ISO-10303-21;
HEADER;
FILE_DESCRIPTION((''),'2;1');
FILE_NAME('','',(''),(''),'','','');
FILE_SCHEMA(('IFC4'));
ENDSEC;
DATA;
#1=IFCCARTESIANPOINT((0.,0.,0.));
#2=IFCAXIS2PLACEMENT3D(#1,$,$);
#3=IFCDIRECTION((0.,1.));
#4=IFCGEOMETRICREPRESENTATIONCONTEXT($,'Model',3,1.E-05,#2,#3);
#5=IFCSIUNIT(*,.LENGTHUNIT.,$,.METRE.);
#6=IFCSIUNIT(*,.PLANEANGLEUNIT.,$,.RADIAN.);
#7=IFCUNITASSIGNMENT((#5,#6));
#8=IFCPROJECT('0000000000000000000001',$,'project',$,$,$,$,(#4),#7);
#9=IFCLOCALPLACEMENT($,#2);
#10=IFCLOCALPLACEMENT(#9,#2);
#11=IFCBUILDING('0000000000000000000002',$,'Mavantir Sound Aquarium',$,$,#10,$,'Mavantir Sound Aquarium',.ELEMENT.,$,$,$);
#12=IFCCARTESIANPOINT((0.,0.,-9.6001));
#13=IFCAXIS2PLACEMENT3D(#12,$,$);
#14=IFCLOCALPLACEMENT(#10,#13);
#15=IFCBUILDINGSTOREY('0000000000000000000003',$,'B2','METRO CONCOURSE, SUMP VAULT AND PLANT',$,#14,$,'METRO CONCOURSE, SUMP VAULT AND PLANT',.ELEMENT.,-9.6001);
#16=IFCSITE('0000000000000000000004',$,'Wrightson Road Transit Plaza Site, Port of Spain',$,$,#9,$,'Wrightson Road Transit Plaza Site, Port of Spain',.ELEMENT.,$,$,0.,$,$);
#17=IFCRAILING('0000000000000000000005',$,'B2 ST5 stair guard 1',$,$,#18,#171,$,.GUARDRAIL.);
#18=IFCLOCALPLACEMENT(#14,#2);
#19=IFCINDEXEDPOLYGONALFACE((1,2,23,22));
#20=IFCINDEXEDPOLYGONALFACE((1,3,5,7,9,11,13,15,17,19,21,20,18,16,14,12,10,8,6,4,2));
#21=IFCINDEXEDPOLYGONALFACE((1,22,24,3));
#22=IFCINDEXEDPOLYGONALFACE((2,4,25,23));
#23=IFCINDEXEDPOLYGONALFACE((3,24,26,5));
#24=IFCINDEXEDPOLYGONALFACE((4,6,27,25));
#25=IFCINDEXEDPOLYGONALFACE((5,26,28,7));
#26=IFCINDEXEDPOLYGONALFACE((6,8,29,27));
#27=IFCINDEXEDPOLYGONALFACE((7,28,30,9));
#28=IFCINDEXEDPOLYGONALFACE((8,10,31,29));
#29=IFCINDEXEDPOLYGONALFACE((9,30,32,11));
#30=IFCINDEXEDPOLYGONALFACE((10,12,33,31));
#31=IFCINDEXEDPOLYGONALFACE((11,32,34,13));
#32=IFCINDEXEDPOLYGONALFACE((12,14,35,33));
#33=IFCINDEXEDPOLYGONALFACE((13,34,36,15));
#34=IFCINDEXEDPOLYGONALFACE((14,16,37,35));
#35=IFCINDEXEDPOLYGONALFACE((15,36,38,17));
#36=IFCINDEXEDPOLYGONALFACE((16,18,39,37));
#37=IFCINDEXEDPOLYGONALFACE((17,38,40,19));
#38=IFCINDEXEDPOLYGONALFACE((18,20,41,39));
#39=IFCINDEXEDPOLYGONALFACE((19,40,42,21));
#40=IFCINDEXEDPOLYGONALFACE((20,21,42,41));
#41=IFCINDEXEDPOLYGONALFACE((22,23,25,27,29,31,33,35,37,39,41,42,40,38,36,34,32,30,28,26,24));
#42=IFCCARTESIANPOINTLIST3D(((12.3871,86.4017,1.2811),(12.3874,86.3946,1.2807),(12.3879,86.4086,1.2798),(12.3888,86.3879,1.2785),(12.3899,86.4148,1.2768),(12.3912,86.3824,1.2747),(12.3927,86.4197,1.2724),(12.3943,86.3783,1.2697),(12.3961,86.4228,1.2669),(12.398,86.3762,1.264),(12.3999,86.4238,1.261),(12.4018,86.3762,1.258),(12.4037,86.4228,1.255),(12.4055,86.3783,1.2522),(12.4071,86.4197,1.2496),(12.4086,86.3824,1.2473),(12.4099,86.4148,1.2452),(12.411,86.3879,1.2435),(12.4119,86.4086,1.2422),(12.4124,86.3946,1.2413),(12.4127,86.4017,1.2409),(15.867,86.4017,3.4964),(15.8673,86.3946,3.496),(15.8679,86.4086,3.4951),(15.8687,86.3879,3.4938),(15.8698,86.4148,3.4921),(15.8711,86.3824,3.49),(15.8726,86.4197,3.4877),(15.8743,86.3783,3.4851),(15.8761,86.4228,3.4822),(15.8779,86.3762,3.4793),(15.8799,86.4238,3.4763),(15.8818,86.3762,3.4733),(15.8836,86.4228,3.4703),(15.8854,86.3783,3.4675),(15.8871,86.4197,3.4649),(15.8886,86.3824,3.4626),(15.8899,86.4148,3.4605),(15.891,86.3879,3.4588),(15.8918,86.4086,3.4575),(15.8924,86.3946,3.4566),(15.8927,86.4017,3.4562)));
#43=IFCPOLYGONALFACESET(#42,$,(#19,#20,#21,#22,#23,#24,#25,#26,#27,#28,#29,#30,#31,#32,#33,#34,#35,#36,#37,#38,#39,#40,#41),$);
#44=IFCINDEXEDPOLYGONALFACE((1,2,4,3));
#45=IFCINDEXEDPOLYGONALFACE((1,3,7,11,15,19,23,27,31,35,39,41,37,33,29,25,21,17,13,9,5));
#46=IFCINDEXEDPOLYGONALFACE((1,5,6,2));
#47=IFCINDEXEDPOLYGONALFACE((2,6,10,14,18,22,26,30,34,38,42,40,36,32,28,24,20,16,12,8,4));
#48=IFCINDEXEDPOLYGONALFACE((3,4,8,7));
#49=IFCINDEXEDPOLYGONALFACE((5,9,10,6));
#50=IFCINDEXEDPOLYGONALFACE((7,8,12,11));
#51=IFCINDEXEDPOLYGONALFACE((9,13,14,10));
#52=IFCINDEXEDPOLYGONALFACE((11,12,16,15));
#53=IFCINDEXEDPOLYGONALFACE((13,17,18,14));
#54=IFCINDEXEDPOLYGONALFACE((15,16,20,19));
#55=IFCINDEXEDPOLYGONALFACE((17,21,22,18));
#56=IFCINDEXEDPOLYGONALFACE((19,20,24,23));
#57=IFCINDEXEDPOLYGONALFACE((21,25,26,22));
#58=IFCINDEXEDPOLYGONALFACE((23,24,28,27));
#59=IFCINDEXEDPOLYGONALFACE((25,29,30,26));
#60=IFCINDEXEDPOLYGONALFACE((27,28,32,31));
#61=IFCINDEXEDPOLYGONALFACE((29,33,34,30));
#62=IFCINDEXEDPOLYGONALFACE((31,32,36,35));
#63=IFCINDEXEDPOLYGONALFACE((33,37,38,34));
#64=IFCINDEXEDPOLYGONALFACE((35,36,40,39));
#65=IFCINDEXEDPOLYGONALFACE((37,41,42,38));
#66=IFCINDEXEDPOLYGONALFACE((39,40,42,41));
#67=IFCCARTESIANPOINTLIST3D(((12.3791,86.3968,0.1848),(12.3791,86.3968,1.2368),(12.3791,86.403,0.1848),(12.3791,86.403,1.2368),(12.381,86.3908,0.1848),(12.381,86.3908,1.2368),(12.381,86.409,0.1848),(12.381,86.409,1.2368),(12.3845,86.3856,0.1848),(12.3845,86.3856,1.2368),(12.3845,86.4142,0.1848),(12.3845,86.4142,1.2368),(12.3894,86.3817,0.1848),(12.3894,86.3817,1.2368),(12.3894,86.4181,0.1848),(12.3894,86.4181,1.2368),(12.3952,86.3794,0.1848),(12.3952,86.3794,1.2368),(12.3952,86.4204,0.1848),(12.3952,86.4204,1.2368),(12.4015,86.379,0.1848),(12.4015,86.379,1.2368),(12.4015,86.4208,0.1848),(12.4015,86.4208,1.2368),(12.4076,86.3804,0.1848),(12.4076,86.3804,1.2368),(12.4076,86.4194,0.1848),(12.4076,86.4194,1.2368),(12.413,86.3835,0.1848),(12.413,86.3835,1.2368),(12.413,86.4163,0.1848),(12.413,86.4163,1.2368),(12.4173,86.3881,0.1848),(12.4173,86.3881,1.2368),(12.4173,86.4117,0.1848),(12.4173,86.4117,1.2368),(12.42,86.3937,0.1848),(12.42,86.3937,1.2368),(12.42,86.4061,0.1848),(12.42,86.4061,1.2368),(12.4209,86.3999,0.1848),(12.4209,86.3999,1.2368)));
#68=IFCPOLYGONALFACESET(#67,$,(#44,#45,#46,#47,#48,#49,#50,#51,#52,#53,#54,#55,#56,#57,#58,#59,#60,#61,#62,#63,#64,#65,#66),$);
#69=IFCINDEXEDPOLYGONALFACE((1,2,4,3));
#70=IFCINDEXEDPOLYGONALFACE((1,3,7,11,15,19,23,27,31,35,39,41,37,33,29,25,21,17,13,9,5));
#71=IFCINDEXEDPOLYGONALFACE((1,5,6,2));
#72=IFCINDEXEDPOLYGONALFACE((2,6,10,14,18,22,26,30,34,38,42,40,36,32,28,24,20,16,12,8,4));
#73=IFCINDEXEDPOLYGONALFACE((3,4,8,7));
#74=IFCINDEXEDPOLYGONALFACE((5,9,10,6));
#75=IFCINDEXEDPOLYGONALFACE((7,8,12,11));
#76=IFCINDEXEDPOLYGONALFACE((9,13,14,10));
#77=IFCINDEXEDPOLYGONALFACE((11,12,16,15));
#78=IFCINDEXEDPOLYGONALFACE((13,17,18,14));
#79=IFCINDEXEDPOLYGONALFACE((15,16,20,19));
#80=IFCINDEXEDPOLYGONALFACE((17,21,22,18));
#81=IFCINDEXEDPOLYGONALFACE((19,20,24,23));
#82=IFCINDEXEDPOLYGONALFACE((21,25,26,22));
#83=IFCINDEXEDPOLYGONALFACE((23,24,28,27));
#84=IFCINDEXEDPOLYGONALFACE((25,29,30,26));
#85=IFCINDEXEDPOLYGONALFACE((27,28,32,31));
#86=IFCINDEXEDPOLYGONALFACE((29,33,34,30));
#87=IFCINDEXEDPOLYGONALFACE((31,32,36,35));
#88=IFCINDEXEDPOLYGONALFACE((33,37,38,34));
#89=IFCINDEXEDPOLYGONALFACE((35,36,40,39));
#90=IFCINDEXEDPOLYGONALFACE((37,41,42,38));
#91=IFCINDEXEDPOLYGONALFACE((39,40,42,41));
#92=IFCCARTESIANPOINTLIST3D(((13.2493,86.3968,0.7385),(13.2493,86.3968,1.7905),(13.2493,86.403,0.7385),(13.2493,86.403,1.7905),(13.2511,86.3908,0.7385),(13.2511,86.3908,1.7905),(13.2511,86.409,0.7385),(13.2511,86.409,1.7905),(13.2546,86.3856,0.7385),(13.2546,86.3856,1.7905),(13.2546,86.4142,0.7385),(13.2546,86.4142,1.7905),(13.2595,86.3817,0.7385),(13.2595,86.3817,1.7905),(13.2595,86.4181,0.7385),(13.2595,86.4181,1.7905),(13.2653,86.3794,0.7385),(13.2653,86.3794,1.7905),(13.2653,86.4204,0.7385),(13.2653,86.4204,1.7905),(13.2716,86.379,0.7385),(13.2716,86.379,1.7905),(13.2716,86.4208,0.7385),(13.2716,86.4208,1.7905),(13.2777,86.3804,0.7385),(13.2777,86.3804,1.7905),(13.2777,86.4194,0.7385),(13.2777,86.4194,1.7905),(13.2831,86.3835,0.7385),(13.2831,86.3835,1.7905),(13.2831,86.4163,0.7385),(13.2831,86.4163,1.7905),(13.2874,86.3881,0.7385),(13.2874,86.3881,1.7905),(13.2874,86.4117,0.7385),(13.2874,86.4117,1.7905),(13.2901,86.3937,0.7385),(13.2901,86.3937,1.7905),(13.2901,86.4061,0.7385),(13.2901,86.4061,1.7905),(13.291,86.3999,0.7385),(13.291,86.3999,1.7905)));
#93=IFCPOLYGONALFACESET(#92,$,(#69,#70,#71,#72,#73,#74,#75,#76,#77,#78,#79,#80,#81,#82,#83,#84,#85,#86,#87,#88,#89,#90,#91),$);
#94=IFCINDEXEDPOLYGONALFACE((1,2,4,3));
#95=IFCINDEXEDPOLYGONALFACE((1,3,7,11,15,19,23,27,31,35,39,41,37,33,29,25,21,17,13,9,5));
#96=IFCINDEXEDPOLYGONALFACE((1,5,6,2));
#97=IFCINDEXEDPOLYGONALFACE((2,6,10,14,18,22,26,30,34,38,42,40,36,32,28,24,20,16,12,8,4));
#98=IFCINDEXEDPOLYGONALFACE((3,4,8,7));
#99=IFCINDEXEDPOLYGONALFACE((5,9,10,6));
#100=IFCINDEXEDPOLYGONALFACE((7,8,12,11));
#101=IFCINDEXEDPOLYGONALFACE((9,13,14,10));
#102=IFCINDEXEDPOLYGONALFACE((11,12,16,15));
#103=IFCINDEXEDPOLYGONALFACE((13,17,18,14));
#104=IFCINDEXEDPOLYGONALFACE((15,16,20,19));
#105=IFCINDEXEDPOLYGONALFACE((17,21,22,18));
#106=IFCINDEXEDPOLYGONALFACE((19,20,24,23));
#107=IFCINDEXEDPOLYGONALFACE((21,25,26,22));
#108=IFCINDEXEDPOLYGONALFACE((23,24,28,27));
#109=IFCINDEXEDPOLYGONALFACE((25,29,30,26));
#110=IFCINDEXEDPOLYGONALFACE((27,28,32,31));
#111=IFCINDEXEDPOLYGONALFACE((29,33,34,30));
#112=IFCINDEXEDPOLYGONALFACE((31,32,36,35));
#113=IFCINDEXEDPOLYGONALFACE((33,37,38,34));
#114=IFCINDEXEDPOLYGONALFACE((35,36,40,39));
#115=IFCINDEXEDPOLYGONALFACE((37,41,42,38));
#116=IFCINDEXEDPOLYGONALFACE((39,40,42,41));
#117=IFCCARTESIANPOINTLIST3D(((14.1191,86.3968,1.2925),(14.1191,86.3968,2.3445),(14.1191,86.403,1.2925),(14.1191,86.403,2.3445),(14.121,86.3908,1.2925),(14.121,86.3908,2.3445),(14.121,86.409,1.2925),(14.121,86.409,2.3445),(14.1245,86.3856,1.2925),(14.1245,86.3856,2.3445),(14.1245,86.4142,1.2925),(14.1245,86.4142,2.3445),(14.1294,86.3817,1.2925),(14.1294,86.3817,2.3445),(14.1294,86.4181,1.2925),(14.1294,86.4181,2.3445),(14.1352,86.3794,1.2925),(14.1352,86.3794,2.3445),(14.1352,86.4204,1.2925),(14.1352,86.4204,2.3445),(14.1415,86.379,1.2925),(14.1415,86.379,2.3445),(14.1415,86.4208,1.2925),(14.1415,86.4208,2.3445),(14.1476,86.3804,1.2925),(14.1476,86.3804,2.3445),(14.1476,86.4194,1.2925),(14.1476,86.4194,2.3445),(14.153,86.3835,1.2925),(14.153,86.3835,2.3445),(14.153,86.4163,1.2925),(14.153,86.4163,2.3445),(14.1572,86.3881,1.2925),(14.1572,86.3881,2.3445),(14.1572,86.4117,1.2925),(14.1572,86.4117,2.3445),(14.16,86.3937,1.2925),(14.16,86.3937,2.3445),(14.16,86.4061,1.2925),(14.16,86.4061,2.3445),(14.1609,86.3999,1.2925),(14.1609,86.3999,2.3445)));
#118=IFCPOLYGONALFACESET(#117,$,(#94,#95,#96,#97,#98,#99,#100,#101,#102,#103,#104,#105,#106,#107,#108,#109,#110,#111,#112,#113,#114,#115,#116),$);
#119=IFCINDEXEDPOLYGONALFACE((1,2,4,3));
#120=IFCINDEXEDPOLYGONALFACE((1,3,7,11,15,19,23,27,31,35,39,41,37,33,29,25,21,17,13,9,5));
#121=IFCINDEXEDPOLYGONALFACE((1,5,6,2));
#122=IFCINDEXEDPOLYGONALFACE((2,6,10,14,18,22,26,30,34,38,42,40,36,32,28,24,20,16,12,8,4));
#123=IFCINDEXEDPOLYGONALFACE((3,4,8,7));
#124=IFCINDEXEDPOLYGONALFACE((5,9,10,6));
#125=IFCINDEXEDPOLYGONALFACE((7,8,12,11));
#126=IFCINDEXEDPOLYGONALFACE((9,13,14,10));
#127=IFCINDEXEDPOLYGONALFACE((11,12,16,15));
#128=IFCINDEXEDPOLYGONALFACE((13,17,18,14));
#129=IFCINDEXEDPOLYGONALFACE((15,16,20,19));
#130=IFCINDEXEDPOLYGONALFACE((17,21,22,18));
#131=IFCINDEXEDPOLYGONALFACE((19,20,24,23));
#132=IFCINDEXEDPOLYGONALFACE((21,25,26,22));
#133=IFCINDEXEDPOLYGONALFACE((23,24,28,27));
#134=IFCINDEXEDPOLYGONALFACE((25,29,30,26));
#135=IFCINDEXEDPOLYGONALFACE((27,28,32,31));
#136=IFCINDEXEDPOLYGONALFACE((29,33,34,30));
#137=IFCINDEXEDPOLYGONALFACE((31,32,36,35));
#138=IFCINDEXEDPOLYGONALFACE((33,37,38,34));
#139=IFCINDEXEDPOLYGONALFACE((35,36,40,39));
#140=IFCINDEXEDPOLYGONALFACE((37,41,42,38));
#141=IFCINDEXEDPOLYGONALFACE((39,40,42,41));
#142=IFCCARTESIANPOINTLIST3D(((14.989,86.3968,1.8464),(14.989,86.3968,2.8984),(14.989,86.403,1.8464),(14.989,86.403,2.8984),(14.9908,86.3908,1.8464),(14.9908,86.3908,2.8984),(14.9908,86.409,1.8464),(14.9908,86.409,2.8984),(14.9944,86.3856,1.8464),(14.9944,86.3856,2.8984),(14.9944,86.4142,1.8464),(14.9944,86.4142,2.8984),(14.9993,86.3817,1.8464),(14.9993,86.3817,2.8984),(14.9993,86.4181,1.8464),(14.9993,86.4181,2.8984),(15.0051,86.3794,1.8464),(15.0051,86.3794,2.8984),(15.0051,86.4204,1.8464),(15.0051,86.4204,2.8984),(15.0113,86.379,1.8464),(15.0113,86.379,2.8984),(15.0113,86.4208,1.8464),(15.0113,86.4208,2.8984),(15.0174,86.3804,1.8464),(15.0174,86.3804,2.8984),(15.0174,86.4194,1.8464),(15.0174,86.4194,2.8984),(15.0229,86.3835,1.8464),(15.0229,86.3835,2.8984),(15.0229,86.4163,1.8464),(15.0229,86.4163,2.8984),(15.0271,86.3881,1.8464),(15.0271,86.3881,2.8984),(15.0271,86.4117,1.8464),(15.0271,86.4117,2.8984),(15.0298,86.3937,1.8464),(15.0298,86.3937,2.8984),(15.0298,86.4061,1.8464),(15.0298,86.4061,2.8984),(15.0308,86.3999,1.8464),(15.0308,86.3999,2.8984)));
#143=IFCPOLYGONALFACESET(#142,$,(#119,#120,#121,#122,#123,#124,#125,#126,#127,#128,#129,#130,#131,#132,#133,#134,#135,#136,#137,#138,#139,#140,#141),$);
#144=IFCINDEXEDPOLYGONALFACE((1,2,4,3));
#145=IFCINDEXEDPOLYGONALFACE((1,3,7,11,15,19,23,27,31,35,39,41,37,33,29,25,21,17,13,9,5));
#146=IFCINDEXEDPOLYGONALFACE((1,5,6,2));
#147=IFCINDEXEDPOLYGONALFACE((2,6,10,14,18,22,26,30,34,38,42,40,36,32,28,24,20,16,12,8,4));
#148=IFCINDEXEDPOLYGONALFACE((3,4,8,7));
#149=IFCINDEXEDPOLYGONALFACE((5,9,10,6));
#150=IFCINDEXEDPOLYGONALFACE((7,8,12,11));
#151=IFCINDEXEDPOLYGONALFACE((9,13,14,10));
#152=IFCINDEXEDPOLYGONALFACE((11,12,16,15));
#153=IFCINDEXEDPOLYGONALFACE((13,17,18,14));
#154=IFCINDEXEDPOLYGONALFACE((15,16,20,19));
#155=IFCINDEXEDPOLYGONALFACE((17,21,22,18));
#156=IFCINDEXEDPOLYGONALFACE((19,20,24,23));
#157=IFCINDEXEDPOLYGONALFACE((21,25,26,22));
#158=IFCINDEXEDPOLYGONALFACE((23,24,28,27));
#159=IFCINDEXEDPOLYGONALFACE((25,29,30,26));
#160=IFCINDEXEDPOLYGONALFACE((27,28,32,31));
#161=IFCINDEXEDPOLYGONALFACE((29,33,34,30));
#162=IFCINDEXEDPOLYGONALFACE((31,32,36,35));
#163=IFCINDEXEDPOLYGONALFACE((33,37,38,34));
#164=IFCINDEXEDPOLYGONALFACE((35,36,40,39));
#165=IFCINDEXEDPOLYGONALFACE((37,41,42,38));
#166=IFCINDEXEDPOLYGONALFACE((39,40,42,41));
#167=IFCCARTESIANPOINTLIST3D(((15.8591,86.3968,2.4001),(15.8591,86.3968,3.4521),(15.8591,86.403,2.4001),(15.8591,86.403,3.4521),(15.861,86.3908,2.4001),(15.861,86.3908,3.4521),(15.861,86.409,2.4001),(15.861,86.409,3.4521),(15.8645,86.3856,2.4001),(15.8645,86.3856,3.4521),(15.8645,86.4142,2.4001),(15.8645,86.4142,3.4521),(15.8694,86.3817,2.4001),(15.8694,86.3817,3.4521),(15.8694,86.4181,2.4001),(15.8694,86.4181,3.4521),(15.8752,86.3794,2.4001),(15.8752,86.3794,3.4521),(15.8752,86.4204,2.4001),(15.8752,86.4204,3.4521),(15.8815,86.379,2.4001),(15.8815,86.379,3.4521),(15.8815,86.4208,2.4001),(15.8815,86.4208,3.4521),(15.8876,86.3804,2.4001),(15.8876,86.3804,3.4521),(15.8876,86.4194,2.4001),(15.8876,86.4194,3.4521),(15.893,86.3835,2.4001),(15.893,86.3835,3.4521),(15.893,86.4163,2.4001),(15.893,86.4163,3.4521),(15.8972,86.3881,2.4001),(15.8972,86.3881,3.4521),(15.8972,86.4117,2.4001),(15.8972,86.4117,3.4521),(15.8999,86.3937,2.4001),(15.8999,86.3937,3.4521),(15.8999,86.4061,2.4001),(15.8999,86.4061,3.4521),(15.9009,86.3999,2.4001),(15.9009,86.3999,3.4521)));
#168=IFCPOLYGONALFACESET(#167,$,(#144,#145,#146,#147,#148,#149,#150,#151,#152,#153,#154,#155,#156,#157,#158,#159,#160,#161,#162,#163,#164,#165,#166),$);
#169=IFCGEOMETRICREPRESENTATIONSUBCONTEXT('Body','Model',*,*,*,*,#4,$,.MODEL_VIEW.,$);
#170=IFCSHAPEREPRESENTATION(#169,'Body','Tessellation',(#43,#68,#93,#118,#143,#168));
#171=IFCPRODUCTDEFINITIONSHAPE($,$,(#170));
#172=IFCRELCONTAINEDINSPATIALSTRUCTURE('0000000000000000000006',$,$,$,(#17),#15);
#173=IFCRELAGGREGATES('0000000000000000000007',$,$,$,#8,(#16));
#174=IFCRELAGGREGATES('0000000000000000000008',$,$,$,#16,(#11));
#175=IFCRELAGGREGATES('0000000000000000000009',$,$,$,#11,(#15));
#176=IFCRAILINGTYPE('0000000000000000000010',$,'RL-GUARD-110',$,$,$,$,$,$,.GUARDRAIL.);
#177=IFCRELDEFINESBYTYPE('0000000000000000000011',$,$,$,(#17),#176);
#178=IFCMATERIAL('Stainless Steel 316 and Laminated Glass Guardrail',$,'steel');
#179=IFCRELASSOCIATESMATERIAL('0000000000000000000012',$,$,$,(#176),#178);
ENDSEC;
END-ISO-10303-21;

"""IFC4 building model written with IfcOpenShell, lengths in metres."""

from ifc_helpers import new_model, si_unit, direction, frame, origin, origin_2d, place, context, subcontext, project, spatial, circle, extrude, material, type_object, element, save


model = new_model("IFC4")

# Units and contexts
model_context = context("Model", 3, precision=1e-05, world=origin(), true_north=direction((0.0, 1.0)))
body_context = subcontext(model_context, "Body", "Model", "MODEL_VIEW")
ifc_project = project(units=[si_unit("LENGTHUNIT", "METRE"), si_unit("PLANEANGLEUNIT", "RADIAN")], contexts=[model_context])

# Site, building, storey
site_placement = place(None, origin())
site = spatial("IfcSite", under=ifc_project, at=site_placement, Name="Wrightson Road Transit Plaza Site, Port of Spain", LongName="Wrightson Road Transit Plaza Site, Port of Spain", CompositionType="ELEMENT", RefElevation=0.0)
building_placement = place(site_placement, origin())
building = spatial("IfcBuilding", under=site, at=building_placement, Name="Mavantir Sound Aquarium", LongName="Mavantir Sound Aquarium", CompositionType="ELEMENT")
storey_placement = place(building_placement, frame((0.0, 0.0, -9.6001)))
storey = spatial("IfcBuildingStorey", under=building, at=storey_placement, Name="B2", Description="METRO CONCOURSE, SUMP VAULT AND PLANT", LongName="METRO CONCOURSE, SUMP VAULT AND PLANT", CompositionType="ELEMENT", Elevation=-9.6001)

# Railing
ifc_material_1 = material(Name="Stainless Steel 316 and Laminated Glass Guardrail", Category="steel")
railing_type_1 = type_object("IfcRailingType", Name="RL-GUARD-110", PredefinedType="GUARDRAIL", material=ifc_material_1)
railing_1_placement = place(storey_placement, frame((12.3999, 86.3999, 0.1848)))
element("IfcRailing", 1, at=railing_1_placement, inside=storey, type_object=railing_type_1, Name="B2 ST5 stair guard 1", PredefinedType="GUARDRAIL", context=body_context, shape_type="SweptSolid", body=[
    extrude(circle(Radius=0.0239, at=origin_2d()), frame((0.0, 0.0, 1.0762), z_axis=(0.843574, 0.0, 0.537013), x_axis=(0.0, 1.0, 0.0)), (0.0, 0.0, 1.0), 4.1252),
    extrude(circle(Radius=0.021, at=origin_2d()), origin(), (0.0, 0.0, 1.0), 1.052),
    extrude(circle(Radius=0.021, at=origin_2d()), frame((0.8701, 0.0, 0.5537)), (0.0, 0.0, 1.0), 1.052),
    extrude(circle(Radius=0.021, at=origin_2d()), frame((1.74, 0.0, 1.1077)), (0.0, 0.0, 1.0), 1.052),
    extrude(circle(Radius=0.021, at=origin_2d()), frame((2.6099, 0.0, 1.6616)), (0.0, 0.0, 1.0), 1.052),
    extrude(circle(Radius=0.021, at=origin_2d()), frame((3.48, 0.0, 2.2153)), (0.0, 0.0, 1.0), 1.052),
])

save(model, "model.ifc")
